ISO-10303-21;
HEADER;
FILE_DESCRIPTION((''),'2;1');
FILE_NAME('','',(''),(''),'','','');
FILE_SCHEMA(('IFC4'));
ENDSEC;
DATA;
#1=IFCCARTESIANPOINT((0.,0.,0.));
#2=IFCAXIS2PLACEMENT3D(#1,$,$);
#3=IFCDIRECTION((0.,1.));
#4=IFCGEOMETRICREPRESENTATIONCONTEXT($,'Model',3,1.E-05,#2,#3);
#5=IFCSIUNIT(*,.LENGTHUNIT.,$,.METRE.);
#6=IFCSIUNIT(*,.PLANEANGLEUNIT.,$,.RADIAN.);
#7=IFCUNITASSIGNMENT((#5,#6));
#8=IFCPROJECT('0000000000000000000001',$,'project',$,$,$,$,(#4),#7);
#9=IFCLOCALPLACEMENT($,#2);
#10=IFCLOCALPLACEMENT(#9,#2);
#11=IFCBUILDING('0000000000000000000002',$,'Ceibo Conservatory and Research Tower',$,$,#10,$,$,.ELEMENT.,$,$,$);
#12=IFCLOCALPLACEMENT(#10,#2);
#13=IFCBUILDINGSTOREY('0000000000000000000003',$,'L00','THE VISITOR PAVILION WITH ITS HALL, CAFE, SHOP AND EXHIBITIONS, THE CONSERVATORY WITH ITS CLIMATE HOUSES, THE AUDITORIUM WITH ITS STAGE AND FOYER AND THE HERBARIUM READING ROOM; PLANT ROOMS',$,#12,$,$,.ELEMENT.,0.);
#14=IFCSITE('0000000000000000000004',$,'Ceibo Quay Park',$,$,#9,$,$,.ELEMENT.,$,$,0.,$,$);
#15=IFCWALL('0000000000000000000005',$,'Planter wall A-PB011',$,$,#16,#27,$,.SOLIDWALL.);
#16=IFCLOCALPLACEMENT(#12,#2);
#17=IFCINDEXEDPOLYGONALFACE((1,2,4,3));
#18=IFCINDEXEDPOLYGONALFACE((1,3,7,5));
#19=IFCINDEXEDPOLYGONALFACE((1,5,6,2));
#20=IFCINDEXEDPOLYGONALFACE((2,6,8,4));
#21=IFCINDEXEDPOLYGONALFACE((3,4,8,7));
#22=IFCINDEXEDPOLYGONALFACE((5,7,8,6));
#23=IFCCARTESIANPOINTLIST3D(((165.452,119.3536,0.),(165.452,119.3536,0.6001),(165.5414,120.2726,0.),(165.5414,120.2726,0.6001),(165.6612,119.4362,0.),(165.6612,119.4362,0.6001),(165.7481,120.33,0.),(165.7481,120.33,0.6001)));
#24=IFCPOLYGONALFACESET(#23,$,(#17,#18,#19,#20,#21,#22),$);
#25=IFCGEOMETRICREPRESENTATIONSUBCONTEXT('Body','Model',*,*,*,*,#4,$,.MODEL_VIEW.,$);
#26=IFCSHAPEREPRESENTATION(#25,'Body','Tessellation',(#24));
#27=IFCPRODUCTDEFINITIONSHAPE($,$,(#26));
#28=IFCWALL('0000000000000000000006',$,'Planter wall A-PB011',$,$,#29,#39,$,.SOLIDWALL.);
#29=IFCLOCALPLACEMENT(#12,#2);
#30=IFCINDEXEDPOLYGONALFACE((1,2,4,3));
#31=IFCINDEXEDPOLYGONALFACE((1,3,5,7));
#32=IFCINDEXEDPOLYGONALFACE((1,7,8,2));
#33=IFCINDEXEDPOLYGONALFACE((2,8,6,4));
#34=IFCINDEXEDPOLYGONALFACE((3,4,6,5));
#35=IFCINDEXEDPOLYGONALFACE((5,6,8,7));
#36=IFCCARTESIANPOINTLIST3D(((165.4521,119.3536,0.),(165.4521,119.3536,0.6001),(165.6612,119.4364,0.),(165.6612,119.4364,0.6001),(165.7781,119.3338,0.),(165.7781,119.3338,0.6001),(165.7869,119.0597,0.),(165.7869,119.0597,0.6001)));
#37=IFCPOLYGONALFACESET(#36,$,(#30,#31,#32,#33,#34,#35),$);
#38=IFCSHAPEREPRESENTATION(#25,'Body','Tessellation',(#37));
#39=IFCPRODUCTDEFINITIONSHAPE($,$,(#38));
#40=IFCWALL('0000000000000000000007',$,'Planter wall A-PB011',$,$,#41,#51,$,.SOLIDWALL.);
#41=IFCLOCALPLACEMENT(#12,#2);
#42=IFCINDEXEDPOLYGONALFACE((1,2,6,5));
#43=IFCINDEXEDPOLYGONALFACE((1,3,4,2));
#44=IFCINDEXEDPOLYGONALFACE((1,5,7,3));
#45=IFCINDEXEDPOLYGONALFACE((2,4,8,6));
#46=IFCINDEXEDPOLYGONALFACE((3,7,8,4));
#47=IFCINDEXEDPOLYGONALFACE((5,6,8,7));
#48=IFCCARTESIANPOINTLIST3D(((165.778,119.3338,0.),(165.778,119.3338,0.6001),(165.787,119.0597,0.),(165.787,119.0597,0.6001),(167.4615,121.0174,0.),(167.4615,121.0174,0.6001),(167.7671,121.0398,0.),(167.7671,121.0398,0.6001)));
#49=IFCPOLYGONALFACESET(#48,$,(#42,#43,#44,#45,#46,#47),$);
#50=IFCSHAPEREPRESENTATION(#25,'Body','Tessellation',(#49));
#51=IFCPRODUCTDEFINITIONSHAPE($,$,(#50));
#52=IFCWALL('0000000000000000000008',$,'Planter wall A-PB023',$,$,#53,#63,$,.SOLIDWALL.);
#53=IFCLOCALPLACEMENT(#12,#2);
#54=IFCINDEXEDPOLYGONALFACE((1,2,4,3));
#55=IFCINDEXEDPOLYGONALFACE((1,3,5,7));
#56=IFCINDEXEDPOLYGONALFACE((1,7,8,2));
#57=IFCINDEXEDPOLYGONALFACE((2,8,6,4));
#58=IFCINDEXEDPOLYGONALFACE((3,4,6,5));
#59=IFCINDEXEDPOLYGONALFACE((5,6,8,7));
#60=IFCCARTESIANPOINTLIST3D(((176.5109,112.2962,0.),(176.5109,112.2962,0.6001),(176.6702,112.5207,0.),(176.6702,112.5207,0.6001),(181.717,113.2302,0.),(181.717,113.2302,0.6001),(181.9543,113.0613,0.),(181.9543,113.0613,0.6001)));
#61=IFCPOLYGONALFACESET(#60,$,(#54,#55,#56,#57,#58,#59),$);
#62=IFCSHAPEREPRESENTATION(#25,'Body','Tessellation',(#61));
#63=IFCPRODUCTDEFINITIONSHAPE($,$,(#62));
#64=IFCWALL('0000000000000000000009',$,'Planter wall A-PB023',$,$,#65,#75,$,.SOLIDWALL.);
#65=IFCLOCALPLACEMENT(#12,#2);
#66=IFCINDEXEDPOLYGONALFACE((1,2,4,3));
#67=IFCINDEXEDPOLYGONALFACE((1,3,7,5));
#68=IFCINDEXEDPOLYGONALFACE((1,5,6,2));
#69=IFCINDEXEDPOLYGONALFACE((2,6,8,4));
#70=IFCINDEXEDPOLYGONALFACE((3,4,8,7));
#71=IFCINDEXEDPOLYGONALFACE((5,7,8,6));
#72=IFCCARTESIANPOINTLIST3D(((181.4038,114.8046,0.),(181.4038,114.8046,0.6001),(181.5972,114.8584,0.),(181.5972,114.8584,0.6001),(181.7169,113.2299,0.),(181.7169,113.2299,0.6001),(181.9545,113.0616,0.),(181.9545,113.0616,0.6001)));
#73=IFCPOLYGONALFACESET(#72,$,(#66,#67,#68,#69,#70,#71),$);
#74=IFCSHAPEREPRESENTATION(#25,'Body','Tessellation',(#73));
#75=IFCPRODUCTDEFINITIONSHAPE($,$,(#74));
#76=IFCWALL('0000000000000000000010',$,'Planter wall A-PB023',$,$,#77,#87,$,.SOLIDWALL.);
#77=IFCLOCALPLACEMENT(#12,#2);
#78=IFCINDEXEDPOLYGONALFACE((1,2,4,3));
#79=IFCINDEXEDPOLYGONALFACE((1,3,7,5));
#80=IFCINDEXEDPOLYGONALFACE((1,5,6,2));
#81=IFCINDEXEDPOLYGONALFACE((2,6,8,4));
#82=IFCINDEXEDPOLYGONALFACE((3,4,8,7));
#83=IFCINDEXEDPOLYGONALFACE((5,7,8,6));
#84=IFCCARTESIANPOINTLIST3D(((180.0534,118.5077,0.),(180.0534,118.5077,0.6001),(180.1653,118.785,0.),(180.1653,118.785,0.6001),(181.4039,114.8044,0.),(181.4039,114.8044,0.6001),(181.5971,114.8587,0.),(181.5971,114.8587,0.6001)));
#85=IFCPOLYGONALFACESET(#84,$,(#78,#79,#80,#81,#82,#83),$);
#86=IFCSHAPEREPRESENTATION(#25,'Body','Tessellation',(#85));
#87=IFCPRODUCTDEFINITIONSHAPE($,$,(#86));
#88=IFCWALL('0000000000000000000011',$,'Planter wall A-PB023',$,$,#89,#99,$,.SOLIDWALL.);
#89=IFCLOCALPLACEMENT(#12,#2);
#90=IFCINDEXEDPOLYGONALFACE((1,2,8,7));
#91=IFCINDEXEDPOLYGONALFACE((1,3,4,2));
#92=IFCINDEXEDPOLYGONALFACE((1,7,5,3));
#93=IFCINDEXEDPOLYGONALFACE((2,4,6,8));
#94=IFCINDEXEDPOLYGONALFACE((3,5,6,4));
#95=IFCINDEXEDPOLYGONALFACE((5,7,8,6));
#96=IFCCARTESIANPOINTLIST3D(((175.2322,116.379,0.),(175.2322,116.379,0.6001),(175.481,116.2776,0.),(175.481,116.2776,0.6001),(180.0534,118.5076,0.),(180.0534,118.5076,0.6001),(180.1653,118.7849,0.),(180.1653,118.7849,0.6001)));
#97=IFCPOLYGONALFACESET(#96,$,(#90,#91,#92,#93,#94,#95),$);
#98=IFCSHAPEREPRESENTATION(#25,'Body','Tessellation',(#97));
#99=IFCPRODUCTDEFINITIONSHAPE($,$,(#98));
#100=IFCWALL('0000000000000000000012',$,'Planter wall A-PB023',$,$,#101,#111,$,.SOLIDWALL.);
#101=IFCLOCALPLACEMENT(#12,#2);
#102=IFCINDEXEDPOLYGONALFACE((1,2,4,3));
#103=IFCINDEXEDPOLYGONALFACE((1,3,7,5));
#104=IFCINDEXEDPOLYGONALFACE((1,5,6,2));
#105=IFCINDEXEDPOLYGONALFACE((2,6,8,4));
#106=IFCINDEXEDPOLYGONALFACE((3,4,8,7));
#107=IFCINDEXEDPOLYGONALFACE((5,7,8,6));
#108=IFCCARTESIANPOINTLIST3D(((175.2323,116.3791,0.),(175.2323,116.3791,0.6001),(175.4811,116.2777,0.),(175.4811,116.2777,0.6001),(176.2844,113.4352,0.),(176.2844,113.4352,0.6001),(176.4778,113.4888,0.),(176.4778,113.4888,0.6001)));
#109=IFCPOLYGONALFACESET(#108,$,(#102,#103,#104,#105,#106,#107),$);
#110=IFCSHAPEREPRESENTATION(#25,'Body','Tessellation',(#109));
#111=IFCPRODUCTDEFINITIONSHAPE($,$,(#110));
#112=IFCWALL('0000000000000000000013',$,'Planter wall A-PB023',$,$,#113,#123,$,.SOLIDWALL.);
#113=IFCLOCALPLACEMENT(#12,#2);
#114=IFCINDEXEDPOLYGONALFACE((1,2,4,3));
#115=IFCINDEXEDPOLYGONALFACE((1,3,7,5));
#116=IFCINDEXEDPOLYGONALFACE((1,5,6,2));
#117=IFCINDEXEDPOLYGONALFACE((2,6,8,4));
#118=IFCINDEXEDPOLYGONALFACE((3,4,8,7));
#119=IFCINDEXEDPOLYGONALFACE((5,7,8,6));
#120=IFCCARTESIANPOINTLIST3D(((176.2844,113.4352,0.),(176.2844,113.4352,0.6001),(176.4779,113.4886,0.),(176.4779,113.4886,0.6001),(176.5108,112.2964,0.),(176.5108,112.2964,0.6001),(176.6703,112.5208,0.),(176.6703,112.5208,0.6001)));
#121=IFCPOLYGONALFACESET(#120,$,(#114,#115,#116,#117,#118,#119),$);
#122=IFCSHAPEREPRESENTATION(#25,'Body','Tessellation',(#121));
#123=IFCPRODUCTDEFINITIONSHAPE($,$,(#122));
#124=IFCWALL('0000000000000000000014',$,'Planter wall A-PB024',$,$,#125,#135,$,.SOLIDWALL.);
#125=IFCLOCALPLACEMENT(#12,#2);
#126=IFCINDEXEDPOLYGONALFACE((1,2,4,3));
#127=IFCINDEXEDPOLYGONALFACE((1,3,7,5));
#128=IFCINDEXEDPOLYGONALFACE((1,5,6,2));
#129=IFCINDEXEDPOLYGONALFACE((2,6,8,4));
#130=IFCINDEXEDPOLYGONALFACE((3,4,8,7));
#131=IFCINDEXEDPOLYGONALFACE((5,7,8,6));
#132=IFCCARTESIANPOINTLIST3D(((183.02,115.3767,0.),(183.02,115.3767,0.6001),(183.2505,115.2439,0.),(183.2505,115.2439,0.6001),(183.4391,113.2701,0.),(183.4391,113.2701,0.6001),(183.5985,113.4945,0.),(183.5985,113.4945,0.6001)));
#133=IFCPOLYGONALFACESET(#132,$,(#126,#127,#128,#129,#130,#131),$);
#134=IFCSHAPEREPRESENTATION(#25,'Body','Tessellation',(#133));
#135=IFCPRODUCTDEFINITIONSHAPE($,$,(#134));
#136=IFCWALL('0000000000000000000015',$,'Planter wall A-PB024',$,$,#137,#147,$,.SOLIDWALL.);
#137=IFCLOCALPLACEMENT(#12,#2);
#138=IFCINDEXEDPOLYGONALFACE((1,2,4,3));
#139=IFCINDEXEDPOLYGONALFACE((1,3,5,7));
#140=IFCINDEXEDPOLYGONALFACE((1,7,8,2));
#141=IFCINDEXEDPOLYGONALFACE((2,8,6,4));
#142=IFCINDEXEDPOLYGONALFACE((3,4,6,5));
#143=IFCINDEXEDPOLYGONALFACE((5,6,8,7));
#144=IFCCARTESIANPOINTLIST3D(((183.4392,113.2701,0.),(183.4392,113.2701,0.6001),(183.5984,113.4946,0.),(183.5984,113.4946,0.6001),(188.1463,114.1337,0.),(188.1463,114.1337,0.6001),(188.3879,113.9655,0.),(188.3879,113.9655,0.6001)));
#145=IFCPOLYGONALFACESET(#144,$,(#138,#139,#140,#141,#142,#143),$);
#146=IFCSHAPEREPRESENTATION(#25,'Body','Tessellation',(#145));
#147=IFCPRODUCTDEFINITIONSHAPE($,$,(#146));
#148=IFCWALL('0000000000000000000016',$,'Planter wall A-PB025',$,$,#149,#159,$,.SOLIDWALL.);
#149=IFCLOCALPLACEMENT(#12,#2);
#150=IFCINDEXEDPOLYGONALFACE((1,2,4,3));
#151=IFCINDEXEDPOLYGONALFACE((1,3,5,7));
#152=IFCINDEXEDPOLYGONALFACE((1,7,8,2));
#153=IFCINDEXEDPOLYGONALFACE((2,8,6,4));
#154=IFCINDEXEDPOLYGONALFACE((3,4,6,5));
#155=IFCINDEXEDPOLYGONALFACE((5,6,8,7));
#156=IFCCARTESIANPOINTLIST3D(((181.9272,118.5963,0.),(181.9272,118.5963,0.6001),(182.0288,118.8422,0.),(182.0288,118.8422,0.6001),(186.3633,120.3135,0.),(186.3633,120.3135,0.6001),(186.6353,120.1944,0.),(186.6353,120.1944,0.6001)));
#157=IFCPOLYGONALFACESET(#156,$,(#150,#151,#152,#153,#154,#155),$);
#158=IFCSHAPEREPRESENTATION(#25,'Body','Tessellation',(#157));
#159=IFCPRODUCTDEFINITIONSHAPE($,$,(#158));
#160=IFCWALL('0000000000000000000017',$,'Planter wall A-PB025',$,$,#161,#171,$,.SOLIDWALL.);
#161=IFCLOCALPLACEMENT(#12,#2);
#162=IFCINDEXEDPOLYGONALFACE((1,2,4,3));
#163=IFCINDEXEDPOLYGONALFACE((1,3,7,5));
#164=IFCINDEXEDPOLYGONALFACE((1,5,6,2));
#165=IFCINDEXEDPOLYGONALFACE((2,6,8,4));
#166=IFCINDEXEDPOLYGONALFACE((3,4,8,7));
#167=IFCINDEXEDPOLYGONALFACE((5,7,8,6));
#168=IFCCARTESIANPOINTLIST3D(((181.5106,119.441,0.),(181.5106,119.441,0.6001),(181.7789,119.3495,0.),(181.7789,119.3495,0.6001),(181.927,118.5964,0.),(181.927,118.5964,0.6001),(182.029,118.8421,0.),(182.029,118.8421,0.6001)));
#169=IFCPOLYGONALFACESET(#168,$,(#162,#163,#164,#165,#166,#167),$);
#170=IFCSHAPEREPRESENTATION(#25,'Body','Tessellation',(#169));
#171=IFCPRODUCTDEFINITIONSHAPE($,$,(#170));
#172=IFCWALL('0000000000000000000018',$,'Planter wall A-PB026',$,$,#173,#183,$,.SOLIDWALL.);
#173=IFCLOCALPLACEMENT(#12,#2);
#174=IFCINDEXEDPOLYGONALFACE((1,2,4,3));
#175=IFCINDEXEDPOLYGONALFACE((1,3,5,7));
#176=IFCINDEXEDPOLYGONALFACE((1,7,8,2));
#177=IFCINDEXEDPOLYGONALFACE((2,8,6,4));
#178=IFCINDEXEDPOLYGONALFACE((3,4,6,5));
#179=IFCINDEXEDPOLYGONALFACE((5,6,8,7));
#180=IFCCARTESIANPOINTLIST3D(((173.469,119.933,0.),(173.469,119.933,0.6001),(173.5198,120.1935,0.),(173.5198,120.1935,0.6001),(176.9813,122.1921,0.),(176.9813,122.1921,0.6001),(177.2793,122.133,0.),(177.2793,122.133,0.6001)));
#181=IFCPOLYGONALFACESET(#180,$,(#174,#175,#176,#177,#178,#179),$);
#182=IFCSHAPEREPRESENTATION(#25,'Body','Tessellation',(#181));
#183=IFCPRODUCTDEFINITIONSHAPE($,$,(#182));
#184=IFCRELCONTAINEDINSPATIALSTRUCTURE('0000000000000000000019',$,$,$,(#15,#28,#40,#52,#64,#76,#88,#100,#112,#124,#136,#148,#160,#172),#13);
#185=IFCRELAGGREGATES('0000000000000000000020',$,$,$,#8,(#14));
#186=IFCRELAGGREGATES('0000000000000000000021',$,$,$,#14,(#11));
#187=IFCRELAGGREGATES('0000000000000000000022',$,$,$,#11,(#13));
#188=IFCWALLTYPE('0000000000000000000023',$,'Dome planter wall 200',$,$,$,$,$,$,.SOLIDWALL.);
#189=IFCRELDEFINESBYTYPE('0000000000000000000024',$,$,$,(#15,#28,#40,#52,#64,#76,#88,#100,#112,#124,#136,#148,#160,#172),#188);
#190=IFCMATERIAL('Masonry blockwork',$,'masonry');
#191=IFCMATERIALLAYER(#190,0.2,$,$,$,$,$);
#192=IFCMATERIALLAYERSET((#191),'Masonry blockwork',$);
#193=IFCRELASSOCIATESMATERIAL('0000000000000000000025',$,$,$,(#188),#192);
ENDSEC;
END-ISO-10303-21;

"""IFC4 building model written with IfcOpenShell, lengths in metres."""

from ifc_helpers import new_model, si_unit, direction, frame, origin, place, context, subcontext, project, spatial, polyline, outline, extrude, material, layer, layer_set, type_object, element, save


model = new_model("IFC4")

# Units and contexts
model_context = context("Model", 3, precision=1e-05, world=origin(), true_north=direction((0.0, 1.0)))
body_context = subcontext(model_context, "Body", "Model", "MODEL_VIEW")
ifc_project = project(units=[si_unit("LENGTHUNIT", "METRE"), si_unit("PLANEANGLEUNIT", "RADIAN")], contexts=[model_context])

# Site, building, storey
site_placement = place(None, origin())
site = spatial("IfcSite", under=ifc_project, at=site_placement, Name="Ceibo Quay Park", CompositionType="ELEMENT", RefElevation=0.0)
building_placement = place(site_placement, origin())
building = spatial("IfcBuilding", under=site, at=building_placement, Name="Ceibo Conservatory and Research Tower", CompositionType="ELEMENT")
storey_placement = place(building_placement, origin())
storey = spatial("IfcBuildingStorey", under=building, at=storey_placement, Name="L00", Description="THE VISITOR PAVILION WITH ITS HALL, CAFE, SHOP AND EXHIBITIONS, THE CONSERVATORY WITH ITS CLIMATE HOUSES, THE AUDITORIUM WITH ITS STAGE AND FOYER AND THE HERBARIUM READING ROOM; PLANT ROOMS", CompositionType="ELEMENT", Elevation=0.0)

# Walls
ifc_material_1 = material(Name="Masonry blockwork", Category="masonry")
ifc_layer_1 = layer(ifc_material_1, 0.2)
ifc_layer_set_1 = layer_set([ifc_layer_1], Name="Masonry blockwork")
wall_type_1 = type_object("IfcWallType", Name="Dome planter wall 200", PredefinedType="SOLIDWALL", material=ifc_layer_set_1)
wall_1_placement = place(storey_placement, frame((165.6448, 120.3013, 0.0), z_axis=(0.0, 0.0, 1.0), x_axis=(-0.096795, -0.995304, 0.0)))
element("IfcWall", 1, at=wall_1_placement, inside=storey, type_object=wall_type_1, Name="Planter wall A-PB011", PredefinedType="SOLIDWALL", context=body_context, shape_type="SweptSolid", body=[
    extrude(outline(polyline([(0.0386, -0.1001), (0.9619, -0.1001), (0.8594, 0.1001), (-0.0386, 0.1001), (0.0386, -0.1001)])), origin(), (0.0, 0.0, 1.0), 0.6001),
])
wall_2_placement = place(storey_placement, frame((165.5566, 119.395, 0.0), z_axis=(0.0, 0.0, 1.0), x_axis=(0.751519, -0.659712, 0.0)))
element("IfcWall", 2, at=wall_2_placement, inside=storey, type_object=wall_type_1, Name="Planter wall A-PB011", PredefinedType="SOLIDWALL", context=body_context, shape_type="SweptSolid", body=[
    extrude(outline(polyline([(-0.0513, -0.1001), (0.3943, -0.1001), (0.2068, 0.1001), (0.0513, 0.1001), (-0.0513, -0.1001)])), origin(), (0.0, 0.0, 1.0), 0.6001),
])
wall_3_placement = place(storey_placement, frame((165.7825, 119.1968, 0.0), z_axis=(0.0, 0.0, 1.0), x_axis=(0.707107, 0.707107, 0.0)))
element("IfcWall", 3, at=wall_3_placement, inside=storey, type_object=wall_type_1, Name="Planter wall A-PB011", PredefinedType="SOLIDWALL", context=body_context, shape_type="SweptSolid", body=[
    extrude(outline(polyline([(-0.0938, -0.1001), (2.7065, -0.1001), (2.4746, 0.1001), (0.0938, 0.1001), (-0.0938, -0.1001)])), origin(), (0.0, 0.0, 1.0), 0.6001),
])
wall_4_placement = place(storey_placement, frame((176.5906, 112.4084, 0.0), z_axis=(0.0, 0.0, 1.0), x_axis=(0.990264, 0.139201, 0.0)))
element("IfcWall", 4, at=wall_4_placement, inside=storey, type_object=wall_type_1, Name="Planter wall A-PB023", PredefinedType="SOLIDWALL", context=body_context, shape_type="SweptSolid", body=[
    extrude(outline(polyline([(-0.0945, -0.1001), (5.4023, -0.1001), (5.1909, 0.1001), (0.0945, 0.1001), (-0.0945, -0.1001)])), origin(), (0.0, 0.0, 1.0), 0.6001),
])
wall_5_placement = place(storey_placement, frame((181.8357, 113.1458, 0.0), z_axis=(0.0, 0.0, 1.0), x_axis=(-0.195023, 0.980799, 0.0)))
element("IfcWall", 5, at=wall_5_placement, inside=storey, type_object=wall_type_1, Name="Planter wall A-PB023", PredefinedType="SOLIDWALL", context=body_context, shape_type="SweptSolid", body=[
    extrude(outline(polyline([(-0.1057, -0.1001), (1.7263, -0.1001), (1.7112, 0.1001), (0.1057, 0.1001), (-0.1057, -0.1001)])), origin(), (0.0, 0.0, 1.0), 0.6001),
])
wall_6_placement = place(storey_placement, frame((181.5005, 114.8315, 0.0), z_axis=(0.0, 0.0, 1.0), x_axis=(-0.342602, 0.939481, 0.0)))
element("IfcWall", 6, at=wall_6_placement, inside=storey, type_object=wall_type_1, Name="Planter wall A-PB023", PredefinedType="SOLIDWALL", context=body_context, shape_type="SweptSolid", body=[
    extrude(outline(polyline([(-0.0076, -0.1001), (4.1716, -0.1001), (3.9495, 0.1001), (0.0076, 0.1001), (-0.0076, -0.1001)])), origin(), (0.0, 0.0, 1.0), 0.6001),
])
wall_7_placement = place(storey_placement, frame((180.1094, 118.6462, 0.0), z_axis=(0.0, 0.0, 1.0), x_axis=(-0.898807, -0.438345, 0.0)))
element("IfcWall", 7, at=wall_7_placement, inside=storey, type_object=wall_type_1, Name="Planter wall A-PB023", PredefinedType="SOLIDWALL", context=body_context, shape_type="SweptSolid", body=[
    extrude(outline(polyline([(-0.1111, -0.1001), (5.3774, -0.1001), (5.1982, 0.1001), (0.1111, 0.1001), (-0.1111, -0.1001)])), origin(), (0.0, 0.0, 1.0), 0.6001),
])
wall_8_placement = place(storey_placement, frame((175.3567, 116.3284, 0.0), z_axis=(0.0, 0.0, 1.0), x_axis=(0.336535, -0.941671, 0.0)))
element("IfcWall", 8, at=wall_8_placement, inside=storey, type_object=wall_type_1, Name="Planter wall A-PB023", PredefinedType="SOLIDWALL", context=body_context, shape_type="SweptSolid", body=[
    extrude(outline(polyline([(-0.0896, -0.1001), (3.0366, -0.1001), (3.0513, 0.1001), (0.0896, 0.1001), (-0.0896, -0.1001)])), origin(), (0.0, 0.0, 1.0), 0.6001),
])
wall_9_placement = place(storey_placement, frame((176.3811, 113.4619, 0.0), z_axis=(0.0, 0.0, 1.0), x_axis=(0.195023, -0.980799, 0.0)))
element("IfcWall", 9, at=wall_9_placement, inside=storey, type_object=wall_type_1, Name="Planter wall A-PB023", PredefinedType="SOLIDWALL", context=body_context, shape_type="SweptSolid", body=[
    extrude(outline(polyline([(0.0073, -0.1001), (1.1685, -0.1001), (0.9795, 0.1001), (-0.0073, 0.1001), (0.0073, -0.1001)])), origin(), (0.0, 0.0, 1.0), 0.6001),
])
wall_10_placement = place(storey_placement, frame((183.1353, 115.3103, 0.0), z_axis=(0.0, 0.0, 1.0), x_axis=(0.195113, -0.980781, 0.0)))
element("IfcWall", 10, at=wall_10_placement, inside=storey, type_object=wall_type_1, Name="Planter wall A-PB024", PredefinedType="SOLIDWALL", context=body_context, shape_type="SweptSolid", body=[
    extrude(outline(polyline([(-0.0876, -0.1001), (2.0603, -0.1001), (1.8713, 0.1001), (0.0876, 0.1001), (-0.0876, -0.1001)])), origin(), (0.0, 0.0, 1.0), 0.6001),
])
wall_11_placement = place(storey_placement, frame((183.5188, 113.3823, 0.0), z_axis=(0.0, 0.0, 1.0), x_axis=(0.990271, 0.139154, 0.0)))
element("IfcWall", 11, at=wall_11_placement, inside=storey, type_object=wall_type_1, Name="Planter wall A-PB024", PredefinedType="SOLIDWALL", context=body_context, shape_type="SweptSolid", body=[
    extrude(outline(polyline([(-0.0945, -0.1001), (4.9028, -0.1001), (4.687, 0.1001), (0.0945, 0.1001), (-0.0945, -0.1001)])), origin(), (0.0, 0.0, 1.0), 0.6001),
])
wall_12_placement = place(storey_placement, frame((181.978, 118.7192, 0.0), z_axis=(0.0, 0.0, 1.0), x_axis=(0.946936, 0.321423, 0.0)))
element("IfcWall", 12, at=wall_12_placement, inside=storey, type_object=wall_type_1, Name="Planter wall A-PB025", PredefinedType="SOLIDWALL", context=body_context, shape_type="SweptSolid", body=[
    extrude(outline(polyline([(-0.0876, -0.1001), (4.8843, -0.1001), (4.665, 0.1001), (0.0876, 0.1001), (-0.0876, -0.1001)])), origin(), (0.0, 0.0, 1.0), 0.6001),
])
wall_13_placement = place(storey_placement, frame((181.6448, 119.3953, 0.0), z_axis=(0.0, 0.0, 1.0), x_axis=(0.442153, -0.89694, 0.0)))
element("IfcWall", 13, at=wall_13_placement, inside=storey, type_object=wall_type_1, Name="Planter wall A-PB025", PredefinedType="SOLIDWALL", context=body_context, shape_type="SweptSolid", body=[
    extrude(outline(polyline([(-0.1003, -0.1001), (0.8413, -0.1001), (0.666, 0.1001), (0.1003, 0.1001), (-0.1003, -0.1001)])), origin(), (0.0, 0.0, 1.0), 0.6001),
])
wall_14_placement = place(storey_placement, frame((173.4944, 120.0632, 0.0), z_axis=(0.0, 0.0, 1.0), x_axis=(0.866012, 0.500023, 0.0)))
element("IfcWall", 14, at=wall_14_placement, inside=storey, type_object=wall_type_1, Name="Planter wall A-PB026", PredefinedType="SOLIDWALL", context=body_context, shape_type="SweptSolid", body=[
    extrude(outline(polyline([(-0.0872, -0.1001), (4.3127, -0.1001), (4.0842, 0.1001), (0.0872, 0.1001), (-0.0872, -0.1001)])), origin(), (0.0, 0.0, 1.0), 0.6001),
])

save(model, "model.ifc")
